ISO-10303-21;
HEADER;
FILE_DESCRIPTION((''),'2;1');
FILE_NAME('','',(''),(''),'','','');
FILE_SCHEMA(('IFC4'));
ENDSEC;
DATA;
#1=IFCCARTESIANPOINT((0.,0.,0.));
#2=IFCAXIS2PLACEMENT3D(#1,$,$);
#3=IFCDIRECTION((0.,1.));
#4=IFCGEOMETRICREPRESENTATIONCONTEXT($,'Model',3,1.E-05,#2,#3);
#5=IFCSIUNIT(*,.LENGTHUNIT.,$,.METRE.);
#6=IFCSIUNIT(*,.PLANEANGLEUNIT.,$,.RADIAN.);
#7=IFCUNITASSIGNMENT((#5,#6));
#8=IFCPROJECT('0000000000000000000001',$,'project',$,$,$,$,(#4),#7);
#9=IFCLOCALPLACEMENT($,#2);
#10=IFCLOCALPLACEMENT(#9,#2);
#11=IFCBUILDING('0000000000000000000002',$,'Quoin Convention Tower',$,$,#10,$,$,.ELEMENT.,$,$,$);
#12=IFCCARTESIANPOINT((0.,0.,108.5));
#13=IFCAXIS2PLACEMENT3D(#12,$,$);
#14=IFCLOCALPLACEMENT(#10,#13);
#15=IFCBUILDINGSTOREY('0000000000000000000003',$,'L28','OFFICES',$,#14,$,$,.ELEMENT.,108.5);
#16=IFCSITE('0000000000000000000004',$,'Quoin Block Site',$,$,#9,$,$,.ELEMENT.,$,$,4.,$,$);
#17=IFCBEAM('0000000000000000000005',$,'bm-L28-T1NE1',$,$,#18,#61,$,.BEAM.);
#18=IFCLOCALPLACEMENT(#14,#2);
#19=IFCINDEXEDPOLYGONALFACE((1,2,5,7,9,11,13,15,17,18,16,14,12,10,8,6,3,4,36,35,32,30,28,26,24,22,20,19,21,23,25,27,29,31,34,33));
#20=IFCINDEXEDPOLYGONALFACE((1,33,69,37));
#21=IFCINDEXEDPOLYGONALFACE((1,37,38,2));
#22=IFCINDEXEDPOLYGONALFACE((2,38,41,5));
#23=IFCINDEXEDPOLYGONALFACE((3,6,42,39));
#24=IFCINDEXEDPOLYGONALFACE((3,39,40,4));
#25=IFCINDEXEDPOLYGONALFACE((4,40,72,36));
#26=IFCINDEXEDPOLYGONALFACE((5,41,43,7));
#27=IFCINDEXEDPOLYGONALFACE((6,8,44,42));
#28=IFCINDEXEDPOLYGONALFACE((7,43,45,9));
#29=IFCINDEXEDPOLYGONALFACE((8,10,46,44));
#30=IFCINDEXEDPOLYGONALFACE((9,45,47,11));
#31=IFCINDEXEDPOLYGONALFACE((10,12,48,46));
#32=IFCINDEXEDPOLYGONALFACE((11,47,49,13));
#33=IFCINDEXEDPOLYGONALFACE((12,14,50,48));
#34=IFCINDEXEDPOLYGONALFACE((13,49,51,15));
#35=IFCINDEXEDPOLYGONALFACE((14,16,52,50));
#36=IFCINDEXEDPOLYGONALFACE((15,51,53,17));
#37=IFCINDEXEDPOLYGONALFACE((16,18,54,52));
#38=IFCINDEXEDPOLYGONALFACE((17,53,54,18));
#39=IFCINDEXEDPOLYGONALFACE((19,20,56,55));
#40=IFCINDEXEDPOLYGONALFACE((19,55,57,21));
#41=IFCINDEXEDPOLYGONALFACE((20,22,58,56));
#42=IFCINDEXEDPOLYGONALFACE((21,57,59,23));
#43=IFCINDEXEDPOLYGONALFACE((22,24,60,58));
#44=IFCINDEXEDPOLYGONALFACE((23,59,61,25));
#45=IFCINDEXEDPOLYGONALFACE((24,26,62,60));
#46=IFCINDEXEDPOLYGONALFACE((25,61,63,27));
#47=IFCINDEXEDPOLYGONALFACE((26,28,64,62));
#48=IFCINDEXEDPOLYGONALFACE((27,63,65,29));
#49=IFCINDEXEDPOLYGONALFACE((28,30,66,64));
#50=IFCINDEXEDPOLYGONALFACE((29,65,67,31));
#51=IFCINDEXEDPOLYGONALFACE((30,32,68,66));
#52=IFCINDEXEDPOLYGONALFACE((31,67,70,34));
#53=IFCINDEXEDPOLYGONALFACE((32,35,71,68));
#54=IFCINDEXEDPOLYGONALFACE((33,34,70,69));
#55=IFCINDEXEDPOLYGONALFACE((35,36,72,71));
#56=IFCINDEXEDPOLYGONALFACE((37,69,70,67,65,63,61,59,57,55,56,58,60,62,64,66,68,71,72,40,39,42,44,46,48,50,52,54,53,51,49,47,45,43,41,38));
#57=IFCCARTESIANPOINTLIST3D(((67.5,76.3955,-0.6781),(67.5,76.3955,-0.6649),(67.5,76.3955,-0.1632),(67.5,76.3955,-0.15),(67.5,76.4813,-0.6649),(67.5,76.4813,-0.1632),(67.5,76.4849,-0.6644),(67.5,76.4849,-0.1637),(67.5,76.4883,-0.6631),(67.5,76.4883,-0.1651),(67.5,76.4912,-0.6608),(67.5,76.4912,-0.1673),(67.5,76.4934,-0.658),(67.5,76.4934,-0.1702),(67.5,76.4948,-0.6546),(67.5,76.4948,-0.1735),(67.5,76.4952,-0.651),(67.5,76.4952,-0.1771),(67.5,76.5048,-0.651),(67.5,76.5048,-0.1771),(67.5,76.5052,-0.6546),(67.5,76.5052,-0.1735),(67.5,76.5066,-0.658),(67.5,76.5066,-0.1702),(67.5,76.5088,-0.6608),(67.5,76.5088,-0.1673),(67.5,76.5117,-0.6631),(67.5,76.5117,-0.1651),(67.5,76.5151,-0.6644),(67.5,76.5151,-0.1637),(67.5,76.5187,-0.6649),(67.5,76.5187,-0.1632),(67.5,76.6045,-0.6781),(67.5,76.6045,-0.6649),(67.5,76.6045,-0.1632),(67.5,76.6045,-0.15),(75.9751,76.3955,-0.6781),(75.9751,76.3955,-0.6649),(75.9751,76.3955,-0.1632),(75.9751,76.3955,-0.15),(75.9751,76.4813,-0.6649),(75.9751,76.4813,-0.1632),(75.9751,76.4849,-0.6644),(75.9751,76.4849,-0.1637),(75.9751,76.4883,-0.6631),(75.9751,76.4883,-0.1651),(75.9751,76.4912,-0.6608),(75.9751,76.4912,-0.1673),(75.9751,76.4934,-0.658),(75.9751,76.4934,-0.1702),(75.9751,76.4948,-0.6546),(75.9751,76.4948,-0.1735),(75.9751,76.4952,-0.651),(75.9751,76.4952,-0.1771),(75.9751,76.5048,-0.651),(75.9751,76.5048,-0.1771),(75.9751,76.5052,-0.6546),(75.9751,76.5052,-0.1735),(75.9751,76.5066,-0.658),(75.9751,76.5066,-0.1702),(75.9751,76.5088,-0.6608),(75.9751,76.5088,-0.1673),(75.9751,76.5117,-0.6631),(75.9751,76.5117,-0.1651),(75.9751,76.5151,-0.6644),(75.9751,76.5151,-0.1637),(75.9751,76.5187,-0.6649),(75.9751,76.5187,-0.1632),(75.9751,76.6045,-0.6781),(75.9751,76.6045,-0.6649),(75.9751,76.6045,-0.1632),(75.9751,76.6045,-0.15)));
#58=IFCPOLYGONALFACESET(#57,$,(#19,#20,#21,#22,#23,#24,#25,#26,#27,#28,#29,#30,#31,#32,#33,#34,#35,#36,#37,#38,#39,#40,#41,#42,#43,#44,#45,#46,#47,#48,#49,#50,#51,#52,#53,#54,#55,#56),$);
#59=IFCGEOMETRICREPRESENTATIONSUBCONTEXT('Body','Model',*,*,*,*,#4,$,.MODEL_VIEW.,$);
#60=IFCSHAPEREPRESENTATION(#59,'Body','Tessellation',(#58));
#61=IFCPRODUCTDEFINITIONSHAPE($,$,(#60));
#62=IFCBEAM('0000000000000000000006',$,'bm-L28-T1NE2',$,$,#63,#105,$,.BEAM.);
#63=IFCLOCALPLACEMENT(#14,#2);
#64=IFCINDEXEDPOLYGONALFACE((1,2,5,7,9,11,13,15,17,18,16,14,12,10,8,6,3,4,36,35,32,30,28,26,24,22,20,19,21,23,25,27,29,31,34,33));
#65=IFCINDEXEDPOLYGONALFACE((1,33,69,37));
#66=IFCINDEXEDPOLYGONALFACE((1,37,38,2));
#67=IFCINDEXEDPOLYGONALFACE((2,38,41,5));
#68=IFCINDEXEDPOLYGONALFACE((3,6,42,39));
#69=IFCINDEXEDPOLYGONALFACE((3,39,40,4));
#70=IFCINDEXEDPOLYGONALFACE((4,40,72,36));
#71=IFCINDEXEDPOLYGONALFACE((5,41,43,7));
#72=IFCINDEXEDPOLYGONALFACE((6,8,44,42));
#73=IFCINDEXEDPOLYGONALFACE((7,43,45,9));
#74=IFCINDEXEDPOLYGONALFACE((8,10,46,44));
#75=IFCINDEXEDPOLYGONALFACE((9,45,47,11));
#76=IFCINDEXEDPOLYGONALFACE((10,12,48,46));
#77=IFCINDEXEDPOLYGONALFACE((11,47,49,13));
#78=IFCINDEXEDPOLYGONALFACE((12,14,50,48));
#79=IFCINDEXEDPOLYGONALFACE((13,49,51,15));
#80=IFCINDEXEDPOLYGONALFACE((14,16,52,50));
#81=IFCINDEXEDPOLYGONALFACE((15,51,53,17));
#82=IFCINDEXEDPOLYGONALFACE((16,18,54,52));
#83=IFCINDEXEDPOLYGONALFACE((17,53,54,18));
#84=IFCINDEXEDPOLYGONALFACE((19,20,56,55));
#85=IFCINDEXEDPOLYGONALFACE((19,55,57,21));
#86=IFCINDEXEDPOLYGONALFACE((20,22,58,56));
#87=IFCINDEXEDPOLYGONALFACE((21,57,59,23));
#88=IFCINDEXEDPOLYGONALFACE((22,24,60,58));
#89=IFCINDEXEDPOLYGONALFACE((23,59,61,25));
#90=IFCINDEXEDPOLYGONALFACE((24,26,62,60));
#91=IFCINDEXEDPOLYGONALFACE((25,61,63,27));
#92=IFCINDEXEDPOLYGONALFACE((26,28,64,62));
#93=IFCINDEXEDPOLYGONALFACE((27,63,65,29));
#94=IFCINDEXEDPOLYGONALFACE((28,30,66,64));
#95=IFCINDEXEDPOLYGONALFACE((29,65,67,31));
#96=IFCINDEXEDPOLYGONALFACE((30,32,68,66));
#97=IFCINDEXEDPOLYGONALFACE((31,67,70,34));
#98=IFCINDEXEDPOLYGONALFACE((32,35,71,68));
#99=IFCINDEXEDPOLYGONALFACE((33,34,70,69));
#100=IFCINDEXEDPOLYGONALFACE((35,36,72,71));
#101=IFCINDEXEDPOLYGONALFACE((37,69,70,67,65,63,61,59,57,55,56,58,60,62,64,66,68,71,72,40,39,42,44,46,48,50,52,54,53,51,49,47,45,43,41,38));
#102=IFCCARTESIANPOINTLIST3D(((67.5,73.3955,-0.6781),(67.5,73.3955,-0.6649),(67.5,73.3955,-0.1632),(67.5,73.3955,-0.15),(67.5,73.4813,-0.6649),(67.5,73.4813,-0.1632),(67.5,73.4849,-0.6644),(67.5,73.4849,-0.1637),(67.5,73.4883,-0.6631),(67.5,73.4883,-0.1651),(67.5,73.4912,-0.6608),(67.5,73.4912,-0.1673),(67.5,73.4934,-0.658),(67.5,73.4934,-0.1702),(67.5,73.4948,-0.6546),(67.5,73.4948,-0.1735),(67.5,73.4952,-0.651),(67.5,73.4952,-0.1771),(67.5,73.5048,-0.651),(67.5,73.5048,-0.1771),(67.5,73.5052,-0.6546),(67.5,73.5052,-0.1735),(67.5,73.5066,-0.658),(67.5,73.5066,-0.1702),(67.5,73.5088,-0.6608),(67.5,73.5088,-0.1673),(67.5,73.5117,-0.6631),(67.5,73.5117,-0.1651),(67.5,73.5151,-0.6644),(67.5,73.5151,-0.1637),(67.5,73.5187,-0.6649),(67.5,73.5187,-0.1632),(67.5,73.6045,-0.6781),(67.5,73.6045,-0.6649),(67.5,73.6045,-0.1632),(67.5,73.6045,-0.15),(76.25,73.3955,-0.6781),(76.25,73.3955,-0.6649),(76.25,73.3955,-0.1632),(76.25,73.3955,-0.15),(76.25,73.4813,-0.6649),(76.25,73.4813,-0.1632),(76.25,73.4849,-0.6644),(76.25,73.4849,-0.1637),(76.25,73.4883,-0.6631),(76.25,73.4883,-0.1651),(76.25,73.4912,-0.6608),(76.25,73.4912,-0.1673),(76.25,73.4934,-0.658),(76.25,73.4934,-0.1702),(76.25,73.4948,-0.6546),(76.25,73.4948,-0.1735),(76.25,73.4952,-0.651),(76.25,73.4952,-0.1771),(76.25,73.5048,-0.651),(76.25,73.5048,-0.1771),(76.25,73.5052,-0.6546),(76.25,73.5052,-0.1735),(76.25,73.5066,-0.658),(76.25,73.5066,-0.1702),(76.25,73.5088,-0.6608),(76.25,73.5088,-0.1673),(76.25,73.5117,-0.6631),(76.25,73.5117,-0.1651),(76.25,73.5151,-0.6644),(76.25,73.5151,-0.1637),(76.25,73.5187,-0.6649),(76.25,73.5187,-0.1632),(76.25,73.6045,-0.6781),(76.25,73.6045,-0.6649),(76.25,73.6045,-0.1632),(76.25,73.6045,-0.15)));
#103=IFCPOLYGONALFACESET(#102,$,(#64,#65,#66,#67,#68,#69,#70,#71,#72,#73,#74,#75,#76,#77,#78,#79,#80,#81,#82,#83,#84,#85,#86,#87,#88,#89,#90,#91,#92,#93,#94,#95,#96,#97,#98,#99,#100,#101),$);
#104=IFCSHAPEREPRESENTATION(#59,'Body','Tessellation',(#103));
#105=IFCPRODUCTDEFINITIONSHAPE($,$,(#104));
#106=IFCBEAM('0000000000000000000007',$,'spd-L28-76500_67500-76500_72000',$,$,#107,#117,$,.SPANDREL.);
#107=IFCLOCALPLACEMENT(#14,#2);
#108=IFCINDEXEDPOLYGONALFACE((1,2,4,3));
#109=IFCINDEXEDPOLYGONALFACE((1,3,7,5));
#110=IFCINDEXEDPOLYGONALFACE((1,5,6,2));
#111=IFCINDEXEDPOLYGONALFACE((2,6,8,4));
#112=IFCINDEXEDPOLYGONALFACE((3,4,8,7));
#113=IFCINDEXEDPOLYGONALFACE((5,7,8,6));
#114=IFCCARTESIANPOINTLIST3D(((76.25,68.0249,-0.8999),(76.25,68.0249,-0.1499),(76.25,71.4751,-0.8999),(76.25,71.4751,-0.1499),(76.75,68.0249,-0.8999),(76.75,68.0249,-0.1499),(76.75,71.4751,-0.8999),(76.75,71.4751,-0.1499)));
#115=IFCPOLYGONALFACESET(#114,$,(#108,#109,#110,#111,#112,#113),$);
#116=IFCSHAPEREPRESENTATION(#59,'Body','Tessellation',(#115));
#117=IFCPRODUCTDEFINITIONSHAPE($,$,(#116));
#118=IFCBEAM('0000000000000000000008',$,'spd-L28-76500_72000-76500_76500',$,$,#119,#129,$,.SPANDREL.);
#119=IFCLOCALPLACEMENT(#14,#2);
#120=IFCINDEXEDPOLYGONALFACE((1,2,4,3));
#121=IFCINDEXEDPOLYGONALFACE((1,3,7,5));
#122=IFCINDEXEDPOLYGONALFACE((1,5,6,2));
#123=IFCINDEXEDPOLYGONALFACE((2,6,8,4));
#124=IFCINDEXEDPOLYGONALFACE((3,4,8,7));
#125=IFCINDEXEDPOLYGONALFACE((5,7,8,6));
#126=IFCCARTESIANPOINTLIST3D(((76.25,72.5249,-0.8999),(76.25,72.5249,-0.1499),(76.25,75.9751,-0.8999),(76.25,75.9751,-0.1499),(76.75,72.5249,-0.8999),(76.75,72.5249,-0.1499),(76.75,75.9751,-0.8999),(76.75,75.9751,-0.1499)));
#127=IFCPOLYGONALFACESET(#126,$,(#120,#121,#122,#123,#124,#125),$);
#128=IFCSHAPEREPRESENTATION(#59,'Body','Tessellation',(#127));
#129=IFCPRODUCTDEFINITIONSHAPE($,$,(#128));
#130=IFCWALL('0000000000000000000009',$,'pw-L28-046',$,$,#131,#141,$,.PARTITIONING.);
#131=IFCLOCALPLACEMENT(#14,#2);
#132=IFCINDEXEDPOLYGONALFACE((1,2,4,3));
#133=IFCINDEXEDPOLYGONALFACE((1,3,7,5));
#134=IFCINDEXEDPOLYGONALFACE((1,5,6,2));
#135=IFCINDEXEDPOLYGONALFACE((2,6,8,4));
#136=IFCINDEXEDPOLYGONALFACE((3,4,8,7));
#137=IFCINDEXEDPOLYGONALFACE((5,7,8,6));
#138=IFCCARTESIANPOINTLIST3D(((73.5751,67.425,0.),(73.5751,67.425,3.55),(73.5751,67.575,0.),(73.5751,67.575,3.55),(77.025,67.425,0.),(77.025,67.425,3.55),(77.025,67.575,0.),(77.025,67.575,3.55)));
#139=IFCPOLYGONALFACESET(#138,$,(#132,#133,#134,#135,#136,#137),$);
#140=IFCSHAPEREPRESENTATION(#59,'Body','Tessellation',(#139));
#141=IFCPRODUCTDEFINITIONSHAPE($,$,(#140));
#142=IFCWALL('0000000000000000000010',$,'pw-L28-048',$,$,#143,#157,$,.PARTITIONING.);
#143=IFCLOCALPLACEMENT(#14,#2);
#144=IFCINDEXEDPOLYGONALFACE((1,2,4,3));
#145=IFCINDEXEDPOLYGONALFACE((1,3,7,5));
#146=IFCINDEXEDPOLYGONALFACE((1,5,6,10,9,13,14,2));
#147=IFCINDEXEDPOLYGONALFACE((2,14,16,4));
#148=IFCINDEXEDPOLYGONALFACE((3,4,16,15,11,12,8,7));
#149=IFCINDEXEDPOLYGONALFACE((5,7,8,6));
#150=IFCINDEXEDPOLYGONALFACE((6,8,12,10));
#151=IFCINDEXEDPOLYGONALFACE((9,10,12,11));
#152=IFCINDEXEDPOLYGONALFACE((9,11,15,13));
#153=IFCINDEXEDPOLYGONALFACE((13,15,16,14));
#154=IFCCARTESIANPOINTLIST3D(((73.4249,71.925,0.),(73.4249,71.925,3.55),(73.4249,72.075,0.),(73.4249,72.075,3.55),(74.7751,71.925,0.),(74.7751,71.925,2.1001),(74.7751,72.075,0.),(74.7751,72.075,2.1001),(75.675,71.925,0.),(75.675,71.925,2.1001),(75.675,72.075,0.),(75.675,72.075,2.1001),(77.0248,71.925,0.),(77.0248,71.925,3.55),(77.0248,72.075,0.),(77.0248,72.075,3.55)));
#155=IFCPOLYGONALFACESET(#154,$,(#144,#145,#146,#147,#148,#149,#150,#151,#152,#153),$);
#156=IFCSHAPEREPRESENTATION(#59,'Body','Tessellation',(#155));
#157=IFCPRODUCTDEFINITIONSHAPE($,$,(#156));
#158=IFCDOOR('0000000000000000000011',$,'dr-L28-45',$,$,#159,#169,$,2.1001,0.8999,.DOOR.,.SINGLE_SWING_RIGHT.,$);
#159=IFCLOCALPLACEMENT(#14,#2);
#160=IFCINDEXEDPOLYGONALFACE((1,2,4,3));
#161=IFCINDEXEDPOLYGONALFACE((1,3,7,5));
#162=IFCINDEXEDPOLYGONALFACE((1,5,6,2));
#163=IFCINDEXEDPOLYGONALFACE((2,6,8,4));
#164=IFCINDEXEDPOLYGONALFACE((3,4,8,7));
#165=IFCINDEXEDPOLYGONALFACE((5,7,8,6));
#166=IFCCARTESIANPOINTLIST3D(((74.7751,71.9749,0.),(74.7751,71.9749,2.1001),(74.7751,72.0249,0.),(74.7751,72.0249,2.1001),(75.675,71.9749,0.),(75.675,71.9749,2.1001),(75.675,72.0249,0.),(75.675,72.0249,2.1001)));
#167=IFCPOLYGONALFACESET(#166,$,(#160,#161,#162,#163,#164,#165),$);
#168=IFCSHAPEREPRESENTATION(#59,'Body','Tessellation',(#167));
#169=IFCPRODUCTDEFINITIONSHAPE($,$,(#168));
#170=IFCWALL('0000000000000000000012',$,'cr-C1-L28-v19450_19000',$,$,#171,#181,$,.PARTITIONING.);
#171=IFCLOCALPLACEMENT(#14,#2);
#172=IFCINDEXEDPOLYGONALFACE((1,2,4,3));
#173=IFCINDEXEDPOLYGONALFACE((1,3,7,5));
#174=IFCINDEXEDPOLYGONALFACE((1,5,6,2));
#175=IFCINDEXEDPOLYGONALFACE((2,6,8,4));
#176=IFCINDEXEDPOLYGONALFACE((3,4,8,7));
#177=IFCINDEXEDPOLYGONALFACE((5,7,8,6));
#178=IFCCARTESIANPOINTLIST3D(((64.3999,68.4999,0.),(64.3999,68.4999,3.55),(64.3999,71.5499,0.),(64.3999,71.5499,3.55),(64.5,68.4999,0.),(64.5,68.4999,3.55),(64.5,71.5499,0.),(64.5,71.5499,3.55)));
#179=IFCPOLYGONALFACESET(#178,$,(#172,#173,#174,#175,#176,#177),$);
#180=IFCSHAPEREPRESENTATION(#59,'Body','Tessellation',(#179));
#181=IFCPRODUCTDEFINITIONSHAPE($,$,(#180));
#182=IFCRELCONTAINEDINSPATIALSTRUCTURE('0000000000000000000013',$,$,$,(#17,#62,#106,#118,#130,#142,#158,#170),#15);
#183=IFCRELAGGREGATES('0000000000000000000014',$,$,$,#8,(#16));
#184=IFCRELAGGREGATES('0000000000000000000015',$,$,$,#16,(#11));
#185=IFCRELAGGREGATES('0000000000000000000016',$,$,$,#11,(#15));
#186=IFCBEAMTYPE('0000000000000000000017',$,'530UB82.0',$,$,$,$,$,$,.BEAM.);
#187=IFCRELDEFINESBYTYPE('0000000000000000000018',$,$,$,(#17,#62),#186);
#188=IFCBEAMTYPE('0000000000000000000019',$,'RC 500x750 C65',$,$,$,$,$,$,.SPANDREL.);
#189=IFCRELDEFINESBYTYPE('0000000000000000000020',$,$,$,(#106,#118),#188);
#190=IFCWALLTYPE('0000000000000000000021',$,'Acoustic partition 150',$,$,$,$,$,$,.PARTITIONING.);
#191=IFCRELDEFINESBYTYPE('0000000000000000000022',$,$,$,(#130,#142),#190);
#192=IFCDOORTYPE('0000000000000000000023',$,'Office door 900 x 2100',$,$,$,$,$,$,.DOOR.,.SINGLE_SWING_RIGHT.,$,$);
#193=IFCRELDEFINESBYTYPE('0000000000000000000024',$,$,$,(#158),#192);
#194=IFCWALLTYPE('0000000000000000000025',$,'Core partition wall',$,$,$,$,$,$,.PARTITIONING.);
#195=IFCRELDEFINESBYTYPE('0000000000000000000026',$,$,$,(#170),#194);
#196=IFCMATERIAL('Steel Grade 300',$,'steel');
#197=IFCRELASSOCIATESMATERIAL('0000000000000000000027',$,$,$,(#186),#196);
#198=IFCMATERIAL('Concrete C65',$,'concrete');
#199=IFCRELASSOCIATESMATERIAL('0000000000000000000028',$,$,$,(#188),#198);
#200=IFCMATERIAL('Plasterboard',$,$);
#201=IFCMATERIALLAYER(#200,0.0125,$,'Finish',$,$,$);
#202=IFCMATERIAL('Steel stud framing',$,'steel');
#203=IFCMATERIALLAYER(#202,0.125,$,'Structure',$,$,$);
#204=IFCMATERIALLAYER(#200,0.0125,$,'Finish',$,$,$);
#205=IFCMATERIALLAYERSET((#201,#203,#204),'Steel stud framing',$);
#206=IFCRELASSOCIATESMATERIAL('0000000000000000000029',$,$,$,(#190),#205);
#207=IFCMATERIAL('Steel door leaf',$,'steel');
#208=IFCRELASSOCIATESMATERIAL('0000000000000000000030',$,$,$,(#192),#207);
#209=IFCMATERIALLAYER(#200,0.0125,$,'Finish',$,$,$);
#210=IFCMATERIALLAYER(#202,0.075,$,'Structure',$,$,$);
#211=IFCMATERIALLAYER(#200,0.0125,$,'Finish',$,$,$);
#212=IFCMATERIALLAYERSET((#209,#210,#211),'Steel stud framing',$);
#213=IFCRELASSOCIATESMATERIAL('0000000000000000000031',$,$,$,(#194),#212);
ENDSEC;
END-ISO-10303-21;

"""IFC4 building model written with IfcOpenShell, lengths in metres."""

from ifc_helpers import new_model, si_unit, direction, frame, frame_2d, origin, origin_2d, place, context, subcontext, project, spatial, rectangle, i_section, extrude, material, layer, layer_set, material_profile, profile_set, type_object, element, fill, save


model = new_model("IFC4")

# Units and contexts
model_context = context("Model", 3, precision=1e-05, world=origin(), true_north=direction((0.0, 1.0)))
body_context = subcontext(model_context, "Body", "Model", "MODEL_VIEW")
ifc_project = project(units=[si_unit("LENGTHUNIT", "METRE"), si_unit("PLANEANGLEUNIT", "RADIAN")], contexts=[model_context])

# Site, building, storey
site_placement = place(None, origin())
site = spatial("IfcSite", under=ifc_project, at=site_placement, Name="Quoin Block Site", CompositionType="ELEMENT", RefElevation=4.0)
building_placement = place(site_placement, origin())
building = spatial("IfcBuilding", under=site, at=building_placement, Name="Quoin Convention Tower", CompositionType="ELEMENT")
storey_placement = place(building_placement, frame((0.0, 0.0, 108.5)))
storey = spatial("IfcBuildingStorey", under=building, at=storey_placement, Name="L28", Description="OFFICES", CompositionType="ELEMENT", Elevation=108.5)

# Shared definitions
ifc_material_1 = material(Name="Concrete C65", Category="concrete")

# Beams
ifc_material_2 = material(Name="Steel Grade 300", Category="steel")
ifc_material_profile_1 = material_profile(ifc_material_2, i_section(OverallWidth=0.209, OverallDepth=0.5281, WebThickness=0.0095, FlangeThickness=0.0132, FilletRadius=0.0139, at=origin_2d()), Name="530UB82.0")
ifc_profile_set_1 = profile_set([ifc_material_profile_1], Name="Steel Grade 300")
beam_type_1 = type_object("IfcBeamType", Name="530UB82.0", PredefinedType="BEAM", material=ifc_profile_set_1)
beam_1_placement = place(storey_placement, frame((67.5, 76.5, -0.4141), z_axis=(1.0, 0.0, 0.0), x_axis=(0.0, 1.0, 0.0)))
element("IfcBeam", 1, at=beam_1_placement, inside=storey, type_object=beam_type_1, Name="bm-L28-T1NE1", PredefinedType="BEAM", context=body_context, shape_type="SweptSolid", body=[
    extrude(i_section(OverallWidth=0.209, OverallDepth=0.5281, WebThickness=0.0095, FlangeThickness=0.0132, FilletRadius=0.0139, at=origin_2d()), origin(), (0.0, 0.0, 1.0), 8.4751),
])
beam_2_placement = place(storey_placement, frame((67.5, 73.5, -0.4141), z_axis=(1.0, 0.0, 0.0), x_axis=(0.0, 1.0, 0.0)))
element("IfcBeam", 2, at=beam_2_placement, inside=storey, type_object=beam_type_1, Name="bm-L28-T1NE2", PredefinedType="BEAM", context=body_context, shape_type="SweptSolid", body=[
    extrude(i_section(OverallWidth=0.209, OverallDepth=0.5281, WebThickness=0.0095, FlangeThickness=0.0132, FilletRadius=0.0139, at=origin_2d()), origin(), (0.0, 0.0, 1.0), 8.75),
])
ifc_material_profile_2 = material_profile(ifc_material_1, rectangle(XDim=0.5, YDim=0.75, at=origin_2d()), Name="RC 500x750")
ifc_profile_set_2 = profile_set([ifc_material_profile_2], Name="Concrete C65")
beam_type_2 = type_object("IfcBeamType", Name="RC 500x750 C65", PredefinedType="SPANDREL", material=ifc_profile_set_2)
for number, where, z_axis, x_axis, name in (
    (3, (76.5, 68.0249, -0.5249), (0.0, 1.0, 0.0), (-1.0, 0.0, 0.0), "spd-L28-76500_67500-76500_72000"),
    (4, (76.5, 72.5249, -0.5249), (0.0, 1.0, 0.0), (-1.0, 0.0, 0.0), "spd-L28-76500_72000-76500_76500"),
):
    element("IfcBeam", number, at=place(storey_placement, frame(where, z_axis=z_axis, x_axis=x_axis)), inside=storey, type_object=beam_type_2, Name=name, PredefinedType="SPANDREL", context=body_context, shape_type="SweptSolid", body=[
        extrude(rectangle(XDim=0.5, YDim=0.75, at=origin_2d()), origin(), (0.0, 0.0, 1.0), 3.4502),
    ])

# Wall
ifc_material_3 = material(Name="Plasterboard")
ifc_layer_1 = layer(ifc_material_3, 0.0125, Name="Finish")
ifc_material_4 = material(Name="Steel stud framing", Category="steel")
ifc_layer_2 = layer(ifc_material_4, 0.125, Name="Structure")
ifc_layer_3 = layer(ifc_material_3, 0.0125, Name="Finish")
ifc_layer_set_1 = layer_set([ifc_layer_1, ifc_layer_2, ifc_layer_3], Name="Steel stud framing")
wall_type_1 = type_object("IfcWallType", Name="Acoustic partition 150", PredefinedType="PARTITIONING", material=ifc_layer_set_1)
wall_1_placement = place(storey_placement, frame((73.575, 67.5, 0.0), z_axis=(0.0, 0.0, 1.0), x_axis=(1.0, 0.0, 0.0)))
element("IfcWall", 5, at=wall_1_placement, inside=storey, type_object=wall_type_1, Name="pw-L28-046", PredefinedType="PARTITIONING", context=body_context, shape_type="SweptSolid", body=[
    extrude(rectangle(XDim=3.45, YDim=0.1499, at=frame_2d((1.7251, 0.0))), origin(), (0.0, 0.0, 1.0), 3.55),
])

# Wall, opening, door
wall_2_placement = place(storey_placement, frame((73.425, 72.0, 0.0), z_axis=(0.0, 0.0, 1.0), x_axis=(1.0, 0.0, 0.0)))
wall_2 = element("IfcWall", 6, at=wall_2_placement, inside=storey, type_object=wall_type_1, Name="pw-L28-048", PredefinedType="PARTITIONING", context=body_context, shape_type="SweptSolid", body=[
    extrude(rectangle(XDim=3.5999, YDim=0.1499, at=frame_2d((1.7998, 0.0))), origin(), (0.0, 0.0, 1.0), 3.55),
])
opening_placement = place(wall_2_placement, frame((1.3501, 0.0, 0.0)))
opening = element("IfcOpeningElement", 7, at=opening_placement, cuts=wall_2, PredefinedType="OPENING", context=body_context, shape_type="SweptSolid", body=[
    extrude(rectangle(XDim=0.8999, YDim=2.1001, at=frame_2d((0.45, 1.05))), frame((0.0, 0.085, 0.0), z_axis=(0.0, -1.0, 0.0), x_axis=(1.0, 0.0, 0.0)), (0.0, 0.0, 1.0), 0.1699),
])
ifc_material_5 = material(Name="Steel door leaf", Category="steel")
door_type = type_object("IfcDoorType", Name="Office door 900 x 2100", OperationType="SINGLE_SWING_RIGHT", PredefinedType="DOOR", material=ifc_material_5)
door_placement = place(opening_placement, origin())
door = element("IfcDoor", 8, at=door_placement, inside=storey, type_object=door_type, Name="dr-L28-45", OperationType="SINGLE_SWING_RIGHT", OverallHeight=2.1001, OverallWidth=0.8999, PredefinedType="DOOR", context=body_context, shape_type="SweptSolid", body=[
    extrude(rectangle(XDim=0.8999, YDim=2.1001, at=frame_2d((0.45, 1.05))), frame((0.0, 0.0249, 0.0), z_axis=(0.0, -1.0, 0.0), x_axis=(1.0, 0.0, 0.0)), (0.0, 0.0, 1.0), 0.05),
])
fill(opening, door)

# Wall
ifc_layer_4 = layer(ifc_material_3, 0.0125, Name="Finish")
ifc_layer_5 = layer(ifc_material_4, 0.075, Name="Structure")
ifc_layer_6 = layer(ifc_material_3, 0.0125, Name="Finish")
ifc_layer_set_2 = layer_set([ifc_layer_4, ifc_layer_5, ifc_layer_6], Name="Steel stud framing")
wall_type_2 = type_object("IfcWallType", Name="Core partition wall", PredefinedType="PARTITIONING", material=ifc_layer_set_2)
wall_3_placement = place(storey_placement, frame((64.45, 68.5, 0.0), z_axis=(0.0, 0.0, 1.0), x_axis=(0.0, 1.0, 0.0)))
element("IfcWall", 9, at=wall_3_placement, inside=storey, type_object=wall_type_2, Name="cr-C1-L28-v19450_19000", PredefinedType="PARTITIONING", context=body_context, shape_type="SweptSolid", body=[
    extrude(rectangle(XDim=3.05, YDim=0.1001, at=frame_2d((1.5249, 0.0))), origin(), (0.0, 0.0, 1.0), 3.55),
])

save(model, "model.ifc")
